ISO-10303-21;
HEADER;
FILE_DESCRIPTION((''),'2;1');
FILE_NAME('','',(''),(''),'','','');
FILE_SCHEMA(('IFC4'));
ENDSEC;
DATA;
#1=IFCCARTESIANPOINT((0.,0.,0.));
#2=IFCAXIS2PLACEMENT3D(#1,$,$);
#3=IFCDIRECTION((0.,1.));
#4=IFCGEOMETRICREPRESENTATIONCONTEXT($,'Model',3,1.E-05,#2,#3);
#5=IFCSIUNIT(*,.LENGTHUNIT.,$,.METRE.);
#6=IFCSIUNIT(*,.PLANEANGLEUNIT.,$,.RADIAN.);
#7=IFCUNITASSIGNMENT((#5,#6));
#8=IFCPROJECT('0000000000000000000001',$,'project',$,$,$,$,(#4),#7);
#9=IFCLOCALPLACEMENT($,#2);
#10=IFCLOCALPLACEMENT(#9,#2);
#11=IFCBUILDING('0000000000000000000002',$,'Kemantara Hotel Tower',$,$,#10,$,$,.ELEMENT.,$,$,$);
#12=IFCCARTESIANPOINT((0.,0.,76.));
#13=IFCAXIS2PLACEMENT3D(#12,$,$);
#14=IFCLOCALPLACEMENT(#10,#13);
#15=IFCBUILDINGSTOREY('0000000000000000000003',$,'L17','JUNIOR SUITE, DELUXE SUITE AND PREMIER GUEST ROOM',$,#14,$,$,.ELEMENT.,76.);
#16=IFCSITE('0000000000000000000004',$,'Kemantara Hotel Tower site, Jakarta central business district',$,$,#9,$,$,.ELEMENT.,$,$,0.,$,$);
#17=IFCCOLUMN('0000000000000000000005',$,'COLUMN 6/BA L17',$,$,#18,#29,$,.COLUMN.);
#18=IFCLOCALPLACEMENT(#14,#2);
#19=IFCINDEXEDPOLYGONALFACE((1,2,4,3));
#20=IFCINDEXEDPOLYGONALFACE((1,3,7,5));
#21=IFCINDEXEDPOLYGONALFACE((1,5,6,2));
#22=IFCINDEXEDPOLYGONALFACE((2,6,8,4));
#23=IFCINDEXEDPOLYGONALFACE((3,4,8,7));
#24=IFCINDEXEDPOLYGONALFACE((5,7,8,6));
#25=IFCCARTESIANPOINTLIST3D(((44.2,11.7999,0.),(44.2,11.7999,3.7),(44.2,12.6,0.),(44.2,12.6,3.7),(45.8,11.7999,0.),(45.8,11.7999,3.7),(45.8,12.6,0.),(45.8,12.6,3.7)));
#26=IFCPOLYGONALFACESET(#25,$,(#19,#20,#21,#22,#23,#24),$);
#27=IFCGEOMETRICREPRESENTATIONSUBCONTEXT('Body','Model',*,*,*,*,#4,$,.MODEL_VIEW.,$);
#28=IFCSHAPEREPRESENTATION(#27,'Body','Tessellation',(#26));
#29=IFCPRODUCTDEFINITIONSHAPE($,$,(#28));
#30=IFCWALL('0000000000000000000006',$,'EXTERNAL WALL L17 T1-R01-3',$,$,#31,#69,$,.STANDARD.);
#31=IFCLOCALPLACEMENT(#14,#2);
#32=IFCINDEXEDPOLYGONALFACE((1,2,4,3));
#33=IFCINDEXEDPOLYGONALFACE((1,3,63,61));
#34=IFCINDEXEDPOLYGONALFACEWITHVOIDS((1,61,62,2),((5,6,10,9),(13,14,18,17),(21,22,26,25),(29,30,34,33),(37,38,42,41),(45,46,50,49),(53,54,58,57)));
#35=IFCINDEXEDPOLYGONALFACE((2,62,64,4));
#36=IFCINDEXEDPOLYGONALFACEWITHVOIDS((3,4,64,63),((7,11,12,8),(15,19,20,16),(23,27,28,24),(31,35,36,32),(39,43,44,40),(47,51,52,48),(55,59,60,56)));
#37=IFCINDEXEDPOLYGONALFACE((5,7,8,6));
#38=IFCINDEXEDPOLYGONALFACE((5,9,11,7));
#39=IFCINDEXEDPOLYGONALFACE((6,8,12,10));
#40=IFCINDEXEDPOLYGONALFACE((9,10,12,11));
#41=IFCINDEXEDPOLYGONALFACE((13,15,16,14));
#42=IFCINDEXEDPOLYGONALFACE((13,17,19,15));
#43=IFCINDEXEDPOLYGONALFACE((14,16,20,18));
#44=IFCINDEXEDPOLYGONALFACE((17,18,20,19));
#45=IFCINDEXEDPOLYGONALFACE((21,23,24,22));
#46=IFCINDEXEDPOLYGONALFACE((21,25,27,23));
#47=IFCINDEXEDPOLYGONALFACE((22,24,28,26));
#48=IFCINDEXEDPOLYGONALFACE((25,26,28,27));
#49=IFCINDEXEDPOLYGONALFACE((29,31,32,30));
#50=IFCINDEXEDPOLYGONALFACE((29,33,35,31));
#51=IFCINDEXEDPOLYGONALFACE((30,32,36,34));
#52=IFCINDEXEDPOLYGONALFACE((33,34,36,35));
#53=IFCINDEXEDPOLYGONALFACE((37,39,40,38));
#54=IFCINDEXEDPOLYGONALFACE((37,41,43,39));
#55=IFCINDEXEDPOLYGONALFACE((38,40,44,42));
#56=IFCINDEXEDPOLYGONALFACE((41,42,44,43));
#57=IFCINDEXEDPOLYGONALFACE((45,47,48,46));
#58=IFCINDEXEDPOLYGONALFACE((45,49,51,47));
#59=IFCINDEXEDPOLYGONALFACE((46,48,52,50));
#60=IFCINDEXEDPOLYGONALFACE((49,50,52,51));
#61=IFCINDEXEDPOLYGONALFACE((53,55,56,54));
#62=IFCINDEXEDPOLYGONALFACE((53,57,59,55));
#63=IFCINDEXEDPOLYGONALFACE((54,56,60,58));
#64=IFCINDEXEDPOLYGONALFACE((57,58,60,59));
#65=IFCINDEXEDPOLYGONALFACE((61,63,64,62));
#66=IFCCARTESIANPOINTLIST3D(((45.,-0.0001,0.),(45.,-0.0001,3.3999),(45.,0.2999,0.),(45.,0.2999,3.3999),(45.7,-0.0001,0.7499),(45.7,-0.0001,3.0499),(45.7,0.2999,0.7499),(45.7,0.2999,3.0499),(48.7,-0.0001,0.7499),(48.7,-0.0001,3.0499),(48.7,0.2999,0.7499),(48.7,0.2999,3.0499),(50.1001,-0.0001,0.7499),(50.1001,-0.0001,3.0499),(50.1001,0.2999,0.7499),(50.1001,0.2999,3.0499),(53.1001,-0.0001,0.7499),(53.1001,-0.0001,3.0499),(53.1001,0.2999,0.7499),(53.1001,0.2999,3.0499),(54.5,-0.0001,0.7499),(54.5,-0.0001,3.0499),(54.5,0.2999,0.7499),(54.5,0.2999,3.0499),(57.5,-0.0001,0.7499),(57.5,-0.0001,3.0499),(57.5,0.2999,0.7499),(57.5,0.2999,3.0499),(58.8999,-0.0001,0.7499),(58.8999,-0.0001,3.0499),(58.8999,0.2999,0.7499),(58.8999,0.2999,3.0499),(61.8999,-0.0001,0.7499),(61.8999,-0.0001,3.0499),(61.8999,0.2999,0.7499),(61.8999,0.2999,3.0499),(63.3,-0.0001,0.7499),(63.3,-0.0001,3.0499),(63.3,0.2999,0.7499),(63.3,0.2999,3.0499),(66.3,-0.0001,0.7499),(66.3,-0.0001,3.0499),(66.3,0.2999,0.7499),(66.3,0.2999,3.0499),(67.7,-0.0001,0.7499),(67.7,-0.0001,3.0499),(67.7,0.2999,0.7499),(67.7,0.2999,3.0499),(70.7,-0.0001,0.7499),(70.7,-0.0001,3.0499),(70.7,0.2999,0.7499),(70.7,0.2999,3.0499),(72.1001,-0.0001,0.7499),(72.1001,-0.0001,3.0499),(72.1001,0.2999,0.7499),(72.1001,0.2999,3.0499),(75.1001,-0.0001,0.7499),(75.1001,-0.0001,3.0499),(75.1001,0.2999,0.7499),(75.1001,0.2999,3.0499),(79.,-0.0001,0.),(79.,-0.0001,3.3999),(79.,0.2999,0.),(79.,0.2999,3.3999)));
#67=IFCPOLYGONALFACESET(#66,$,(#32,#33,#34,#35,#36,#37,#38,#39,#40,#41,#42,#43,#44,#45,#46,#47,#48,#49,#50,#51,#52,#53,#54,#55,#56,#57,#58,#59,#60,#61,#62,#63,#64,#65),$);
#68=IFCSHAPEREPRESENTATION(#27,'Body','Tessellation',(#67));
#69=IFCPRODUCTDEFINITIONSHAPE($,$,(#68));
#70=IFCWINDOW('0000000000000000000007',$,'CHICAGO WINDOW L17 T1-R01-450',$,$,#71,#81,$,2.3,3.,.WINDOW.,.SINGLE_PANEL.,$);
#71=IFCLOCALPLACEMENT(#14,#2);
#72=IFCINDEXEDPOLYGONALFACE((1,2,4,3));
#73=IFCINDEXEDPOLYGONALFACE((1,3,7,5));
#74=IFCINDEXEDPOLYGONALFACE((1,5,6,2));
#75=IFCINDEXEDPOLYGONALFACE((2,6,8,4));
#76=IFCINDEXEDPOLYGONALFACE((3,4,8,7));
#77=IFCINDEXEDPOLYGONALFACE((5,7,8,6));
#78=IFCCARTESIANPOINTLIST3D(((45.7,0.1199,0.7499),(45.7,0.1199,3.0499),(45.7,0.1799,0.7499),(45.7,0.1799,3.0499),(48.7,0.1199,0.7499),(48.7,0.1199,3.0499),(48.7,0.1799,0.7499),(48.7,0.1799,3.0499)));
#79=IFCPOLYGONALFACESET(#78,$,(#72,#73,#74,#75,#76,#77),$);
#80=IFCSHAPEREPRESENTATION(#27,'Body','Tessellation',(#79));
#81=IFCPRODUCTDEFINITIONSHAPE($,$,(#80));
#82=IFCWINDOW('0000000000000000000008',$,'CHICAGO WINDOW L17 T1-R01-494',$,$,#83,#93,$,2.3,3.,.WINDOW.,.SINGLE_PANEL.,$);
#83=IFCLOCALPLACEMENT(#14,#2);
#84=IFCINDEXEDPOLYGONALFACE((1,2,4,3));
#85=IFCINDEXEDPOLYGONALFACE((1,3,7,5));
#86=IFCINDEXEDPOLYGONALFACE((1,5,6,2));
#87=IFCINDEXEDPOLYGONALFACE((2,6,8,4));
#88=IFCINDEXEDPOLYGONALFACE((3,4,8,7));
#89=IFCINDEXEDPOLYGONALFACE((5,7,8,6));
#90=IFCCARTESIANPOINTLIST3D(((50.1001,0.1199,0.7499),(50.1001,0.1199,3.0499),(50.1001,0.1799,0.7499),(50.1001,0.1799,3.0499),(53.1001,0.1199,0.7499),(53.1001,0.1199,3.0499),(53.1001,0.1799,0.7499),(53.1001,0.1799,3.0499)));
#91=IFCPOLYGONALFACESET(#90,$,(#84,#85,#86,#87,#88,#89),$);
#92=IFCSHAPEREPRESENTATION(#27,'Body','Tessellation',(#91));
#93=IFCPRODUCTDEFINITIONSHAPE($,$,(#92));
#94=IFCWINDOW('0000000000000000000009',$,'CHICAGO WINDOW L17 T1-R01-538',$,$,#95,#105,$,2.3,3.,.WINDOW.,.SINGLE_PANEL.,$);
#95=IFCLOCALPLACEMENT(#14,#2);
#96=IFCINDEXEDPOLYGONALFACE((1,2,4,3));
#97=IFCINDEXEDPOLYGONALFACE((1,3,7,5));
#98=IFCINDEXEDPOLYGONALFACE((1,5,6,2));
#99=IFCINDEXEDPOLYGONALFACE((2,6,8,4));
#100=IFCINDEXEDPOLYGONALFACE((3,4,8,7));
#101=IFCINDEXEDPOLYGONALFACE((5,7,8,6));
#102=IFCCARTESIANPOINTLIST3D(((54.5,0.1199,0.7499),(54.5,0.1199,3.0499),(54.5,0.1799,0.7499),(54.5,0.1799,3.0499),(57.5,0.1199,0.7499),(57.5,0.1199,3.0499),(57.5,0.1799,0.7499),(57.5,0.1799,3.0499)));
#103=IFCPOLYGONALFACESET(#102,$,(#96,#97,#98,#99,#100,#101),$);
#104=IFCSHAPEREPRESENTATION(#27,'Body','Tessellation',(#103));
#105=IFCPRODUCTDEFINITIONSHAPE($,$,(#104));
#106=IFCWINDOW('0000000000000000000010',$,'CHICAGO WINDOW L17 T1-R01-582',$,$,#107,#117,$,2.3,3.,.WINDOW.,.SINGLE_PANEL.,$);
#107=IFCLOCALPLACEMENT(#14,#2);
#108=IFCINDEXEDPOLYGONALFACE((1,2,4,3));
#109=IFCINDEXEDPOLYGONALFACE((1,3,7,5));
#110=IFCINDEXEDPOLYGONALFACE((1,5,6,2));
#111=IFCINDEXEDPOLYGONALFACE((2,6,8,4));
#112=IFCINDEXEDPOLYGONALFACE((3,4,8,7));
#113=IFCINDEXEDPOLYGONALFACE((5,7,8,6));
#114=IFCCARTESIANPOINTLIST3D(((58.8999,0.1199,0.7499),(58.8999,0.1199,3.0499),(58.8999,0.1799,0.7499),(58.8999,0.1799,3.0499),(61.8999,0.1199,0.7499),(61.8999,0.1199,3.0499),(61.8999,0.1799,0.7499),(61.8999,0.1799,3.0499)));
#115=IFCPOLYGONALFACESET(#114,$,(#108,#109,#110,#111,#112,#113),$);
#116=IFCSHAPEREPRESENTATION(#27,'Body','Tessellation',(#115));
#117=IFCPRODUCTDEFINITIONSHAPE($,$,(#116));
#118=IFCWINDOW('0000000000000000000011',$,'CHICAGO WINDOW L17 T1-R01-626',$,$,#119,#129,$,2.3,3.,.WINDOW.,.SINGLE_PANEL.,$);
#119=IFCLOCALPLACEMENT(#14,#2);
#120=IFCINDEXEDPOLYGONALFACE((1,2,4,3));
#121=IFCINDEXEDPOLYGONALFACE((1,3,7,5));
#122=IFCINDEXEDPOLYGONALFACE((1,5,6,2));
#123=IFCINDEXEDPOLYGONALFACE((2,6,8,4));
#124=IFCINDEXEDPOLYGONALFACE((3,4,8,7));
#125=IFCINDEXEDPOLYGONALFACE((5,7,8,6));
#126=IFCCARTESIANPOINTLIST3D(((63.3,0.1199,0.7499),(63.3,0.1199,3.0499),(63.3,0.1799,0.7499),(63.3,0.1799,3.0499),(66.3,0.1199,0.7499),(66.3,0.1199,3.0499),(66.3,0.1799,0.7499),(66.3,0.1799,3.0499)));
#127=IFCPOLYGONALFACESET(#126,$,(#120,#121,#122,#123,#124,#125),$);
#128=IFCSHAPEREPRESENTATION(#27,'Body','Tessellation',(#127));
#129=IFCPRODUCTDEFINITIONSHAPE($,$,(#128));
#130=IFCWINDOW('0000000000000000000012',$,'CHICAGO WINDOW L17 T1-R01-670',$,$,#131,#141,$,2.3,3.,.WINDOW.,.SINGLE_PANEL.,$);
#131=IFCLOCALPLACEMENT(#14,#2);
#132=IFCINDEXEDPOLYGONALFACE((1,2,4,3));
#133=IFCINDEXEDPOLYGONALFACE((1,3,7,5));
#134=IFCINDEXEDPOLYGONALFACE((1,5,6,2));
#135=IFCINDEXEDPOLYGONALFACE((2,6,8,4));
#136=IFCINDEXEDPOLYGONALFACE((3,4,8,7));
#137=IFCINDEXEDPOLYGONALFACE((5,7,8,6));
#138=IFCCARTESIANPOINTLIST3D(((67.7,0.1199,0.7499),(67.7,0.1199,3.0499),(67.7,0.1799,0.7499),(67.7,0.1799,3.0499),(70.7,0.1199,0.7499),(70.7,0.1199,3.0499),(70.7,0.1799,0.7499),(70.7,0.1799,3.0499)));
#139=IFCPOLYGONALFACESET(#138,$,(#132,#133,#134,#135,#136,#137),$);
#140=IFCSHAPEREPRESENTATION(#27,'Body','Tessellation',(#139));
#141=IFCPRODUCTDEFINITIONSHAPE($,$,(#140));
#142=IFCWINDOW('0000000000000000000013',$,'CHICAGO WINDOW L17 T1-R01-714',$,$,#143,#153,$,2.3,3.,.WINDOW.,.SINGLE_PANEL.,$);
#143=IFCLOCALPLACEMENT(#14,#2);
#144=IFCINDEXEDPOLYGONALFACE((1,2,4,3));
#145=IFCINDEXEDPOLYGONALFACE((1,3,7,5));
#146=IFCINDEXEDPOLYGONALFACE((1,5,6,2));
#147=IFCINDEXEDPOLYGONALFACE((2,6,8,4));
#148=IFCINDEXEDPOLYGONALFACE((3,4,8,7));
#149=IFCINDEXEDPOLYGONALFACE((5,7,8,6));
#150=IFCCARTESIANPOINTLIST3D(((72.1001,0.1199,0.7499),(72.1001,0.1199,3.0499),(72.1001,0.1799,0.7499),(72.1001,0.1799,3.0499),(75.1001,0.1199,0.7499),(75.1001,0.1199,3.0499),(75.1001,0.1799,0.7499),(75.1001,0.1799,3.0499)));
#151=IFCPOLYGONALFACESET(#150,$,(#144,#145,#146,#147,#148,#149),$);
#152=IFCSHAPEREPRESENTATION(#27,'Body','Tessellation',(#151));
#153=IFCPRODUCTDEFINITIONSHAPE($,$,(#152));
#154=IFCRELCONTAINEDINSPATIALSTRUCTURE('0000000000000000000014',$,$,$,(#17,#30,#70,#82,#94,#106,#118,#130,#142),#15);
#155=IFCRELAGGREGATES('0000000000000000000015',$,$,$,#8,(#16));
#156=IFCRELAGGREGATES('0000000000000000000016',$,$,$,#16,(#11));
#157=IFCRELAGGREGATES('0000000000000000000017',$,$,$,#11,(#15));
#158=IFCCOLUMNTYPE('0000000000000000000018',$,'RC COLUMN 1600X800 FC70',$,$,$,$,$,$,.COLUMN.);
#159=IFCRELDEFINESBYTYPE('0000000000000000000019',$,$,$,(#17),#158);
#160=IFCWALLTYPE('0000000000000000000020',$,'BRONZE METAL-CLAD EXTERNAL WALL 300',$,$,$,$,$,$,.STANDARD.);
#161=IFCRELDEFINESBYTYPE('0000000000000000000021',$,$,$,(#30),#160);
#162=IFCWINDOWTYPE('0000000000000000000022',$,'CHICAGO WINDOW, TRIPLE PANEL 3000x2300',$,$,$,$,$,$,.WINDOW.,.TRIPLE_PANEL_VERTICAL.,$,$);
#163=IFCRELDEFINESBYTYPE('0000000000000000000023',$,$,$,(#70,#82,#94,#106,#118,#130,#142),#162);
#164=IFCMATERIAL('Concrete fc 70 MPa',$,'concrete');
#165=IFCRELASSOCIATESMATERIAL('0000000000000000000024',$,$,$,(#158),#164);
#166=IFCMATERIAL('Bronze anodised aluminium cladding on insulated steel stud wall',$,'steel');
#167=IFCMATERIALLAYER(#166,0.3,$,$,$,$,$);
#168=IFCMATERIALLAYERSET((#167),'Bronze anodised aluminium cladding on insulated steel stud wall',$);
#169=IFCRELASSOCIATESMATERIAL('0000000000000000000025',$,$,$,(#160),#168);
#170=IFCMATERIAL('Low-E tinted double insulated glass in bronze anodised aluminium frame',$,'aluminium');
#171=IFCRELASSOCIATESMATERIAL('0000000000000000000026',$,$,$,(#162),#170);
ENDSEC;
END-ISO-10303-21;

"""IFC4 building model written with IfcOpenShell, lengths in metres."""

from ifc_helpers import new_model, si_unit, direction, frame, frame_2d, origin, origin_2d, place, context, subcontext, project, spatial, rectangle, extrude, material, layer, layer_set, material_profile, profile_set, type_object, element, fill, save


model = new_model("IFC4")

# Units and contexts
model_context = context("Model", 3, precision=1e-05, world=origin(), true_north=direction((0.0, 1.0)))
body_context = subcontext(model_context, "Body", "Model", "MODEL_VIEW")
ifc_project = project(units=[si_unit("LENGTHUNIT", "METRE"), si_unit("PLANEANGLEUNIT", "RADIAN")], contexts=[model_context])

# Site, building, storey
site_placement = place(None, origin())
site = spatial("IfcSite", under=ifc_project, at=site_placement, Name="Kemantara Hotel Tower site, Jakarta central business district", CompositionType="ELEMENT", RefElevation=0.0)
building_placement = place(site_placement, origin())
building = spatial("IfcBuilding", under=site, at=building_placement, Name="Kemantara Hotel Tower", CompositionType="ELEMENT")
storey_placement = place(building_placement, frame((0.0, 0.0, 76.0)))
storey = spatial("IfcBuildingStorey", under=building, at=storey_placement, Name="L17", Description="JUNIOR SUITE, DELUXE SUITE AND PREMIER GUEST ROOM", CompositionType="ELEMENT", Elevation=76.0)

# Column
ifc_material_1 = material(Name="Concrete fc 70 MPa", Category="concrete")
ifc_material_profile = material_profile(ifc_material_1, rectangle(XDim=1.6001, YDim=0.8, at=origin_2d()), Name="RC 1600X800")
ifc_profile_set = profile_set([ifc_material_profile], Name="Concrete fc 70 MPa")
column_type = type_object("IfcColumnType", Name="RC COLUMN 1600X800 FC70", PredefinedType="COLUMN", material=ifc_profile_set)
column_placement = place(storey_placement, frame((45.0, 12.2, 0.0), z_axis=(0.0, 0.0, 1.0), x_axis=(1.0, 0.0, 0.0)))
element("IfcColumn", 1, at=column_placement, inside=storey, type_object=column_type, Name="COLUMN 6/BA L17", PredefinedType="COLUMN", context=body_context, shape_type="SweptSolid", body=[
    extrude(rectangle(XDim=1.6001, YDim=0.8, at=origin_2d()), origin(), (0.0, 0.0, 1.0), 3.7),
])

# Wall, openings, windows
ifc_material_2 = material(Name="Bronze anodised aluminium cladding on insulated steel stud wall", Category="steel")
ifc_layer_1 = layer(ifc_material_2, 0.3)
ifc_layer_set_1 = layer_set([ifc_layer_1], Name="Bronze anodised aluminium cladding on insulated steel stud wall")
wall_type_1 = type_object("IfcWallType", Name="BRONZE METAL-CLAD EXTERNAL WALL 300", PredefinedType="STANDARD", material=ifc_layer_set_1)
wall_1_placement = place(storey_placement, frame((45.0, 0.1499, 0.0), z_axis=(0.0, 0.0, 1.0), x_axis=(1.0, 0.0, 0.0)))
wall_1 = element("IfcWall", 2, at=wall_1_placement, inside=storey, type_object=wall_type_1, Name="EXTERNAL WALL L17 T1-R01-3", PredefinedType="STANDARD", context=body_context, shape_type="SweptSolid", body=[
    extrude(rectangle(XDim=34.0, YDim=0.3, at=frame_2d((17.0, 0.0))), origin(), (0.0, 0.0, 1.0), 3.3999),
])
opening_1_placement = place(wall_1_placement, frame((0.7, 0.0, 0.75)))
opening_1 = element("IfcOpeningElement", 3, at=opening_1_placement, cuts=wall_1, PredefinedType="OPENING", context=body_context, shape_type="SweptSolid", body=[
    extrude(rectangle(XDim=3.0, YDim=2.3, at=frame_2d((1.5, 1.1499))), frame((0.0, 0.1599, 0.0), z_axis=(0.0, -1.0, 0.0), x_axis=(1.0, 0.0, 0.0)), (0.0, 0.0, 1.0), 0.3201),
])
opening_2_placement = place(wall_1_placement, frame((5.1001, 0.0, 0.75)))
opening_2 = element("IfcOpeningElement", 4, at=opening_2_placement, cuts=wall_1, PredefinedType="OPENING", context=body_context, shape_type="SweptSolid", body=[
    extrude(rectangle(XDim=3.0, YDim=2.3, at=frame_2d((1.5, 1.1499))), frame((0.0, 0.1599, 0.0), z_axis=(0.0, -1.0, 0.0), x_axis=(1.0, 0.0, 0.0)), (0.0, 0.0, 1.0), 0.3201),
])
opening_3_placement = place(wall_1_placement, frame((9.5, 0.0, 0.75)))
opening_3 = element("IfcOpeningElement", 5, at=opening_3_placement, cuts=wall_1, PredefinedType="OPENING", context=body_context, shape_type="SweptSolid", body=[
    extrude(rectangle(XDim=3.0, YDim=2.3, at=frame_2d((1.5, 1.1499))), frame((0.0, 0.1599, 0.0), z_axis=(0.0, -1.0, 0.0), x_axis=(1.0, 0.0, 0.0)), (0.0, 0.0, 1.0), 0.3201),
])
opening_4_placement = place(wall_1_placement, frame((13.8999, 0.0, 0.75)))
opening_4 = element("IfcOpeningElement", 6, at=opening_4_placement, cuts=wall_1, PredefinedType="OPENING", context=body_context, shape_type="SweptSolid", body=[
    extrude(rectangle(XDim=3.0, YDim=2.3, at=frame_2d((1.5, 1.1499))), frame((0.0, 0.1599, 0.0), z_axis=(0.0, -1.0, 0.0), x_axis=(1.0, 0.0, 0.0)), (0.0, 0.0, 1.0), 0.3201),
])
opening_5_placement = place(wall_1_placement, frame((18.3, 0.0, 0.75)))
opening_5 = element("IfcOpeningElement", 7, at=opening_5_placement, cuts=wall_1, PredefinedType="OPENING", context=body_context, shape_type="SweptSolid", body=[
    extrude(rectangle(XDim=3.0, YDim=2.3, at=frame_2d((1.5, 1.1499))), frame((0.0, 0.1599, 0.0), z_axis=(0.0, -1.0, 0.0), x_axis=(1.0, 0.0, 0.0)), (0.0, 0.0, 1.0), 0.3201),
])
opening_6_placement = place(wall_1_placement, frame((22.7, 0.0, 0.75)))
opening_6 = element("IfcOpeningElement", 8, at=opening_6_placement, cuts=wall_1, PredefinedType="OPENING", context=body_context, shape_type="SweptSolid", body=[
    extrude(rectangle(XDim=3.0, YDim=2.3, at=frame_2d((1.5, 1.1499))), frame((0.0, 0.1599, 0.0), z_axis=(0.0, -1.0, 0.0), x_axis=(1.0, 0.0, 0.0)), (0.0, 0.0, 1.0), 0.3201),
])
opening_7_placement = place(wall_1_placement, frame((27.1001, 0.0, 0.75)))
opening_7 = element("IfcOpeningElement", 9, at=opening_7_placement, cuts=wall_1, PredefinedType="OPENING", context=body_context, shape_type="SweptSolid", body=[
    extrude(rectangle(XDim=3.0, YDim=2.3, at=frame_2d((1.5, 1.1499))), frame((0.0, 0.1599, 0.0), z_axis=(0.0, -1.0, 0.0), x_axis=(1.0, 0.0, 0.0)), (0.0, 0.0, 1.0), 0.3201),
])
ifc_material_3 = material(Name="Low-E tinted double insulated glass in bronze anodised aluminium frame", Category="aluminium")
window_type = type_object("IfcWindowType", Name="CHICAGO WINDOW, TRIPLE PANEL 3000x2300", PartitioningType="TRIPLE_PANEL_VERTICAL", PredefinedType="WINDOW", material=ifc_material_3)
window_1_placement = place(opening_1_placement, origin())
window_1 = element("IfcWindow", 10, at=window_1_placement, inside=storey, type_object=window_type, Name="CHICAGO WINDOW L17 T1-R01-450", OverallHeight=2.3, OverallWidth=3.0, PartitioningType="SINGLE_PANEL", PredefinedType="WINDOW", context=body_context, shape_type="SweptSolid", body=[
    extrude(rectangle(XDim=3.0, YDim=2.3, at=frame_2d((1.5, 1.1499))), frame((0.0, 0.03, 0.0), z_axis=(0.0, -1.0, 0.0), x_axis=(1.0, 0.0, 0.0)), (0.0, 0.0, 1.0), 0.0601),
])
fill(opening_1, window_1)
window_2_placement = place(opening_2_placement, origin())
window_2 = element("IfcWindow", 11, at=window_2_placement, inside=storey, type_object=window_type, Name="CHICAGO WINDOW L17 T1-R01-494", OverallHeight=2.3, OverallWidth=3.0, PartitioningType="SINGLE_PANEL", PredefinedType="WINDOW", context=body_context, shape_type="SweptSolid", body=[
    extrude(rectangle(XDim=3.0, YDim=2.3, at=frame_2d((1.5, 1.1499))), frame((0.0, 0.03, 0.0), z_axis=(0.0, -1.0, 0.0), x_axis=(1.0, 0.0, 0.0)), (0.0, 0.0, 1.0), 0.0601),
])
fill(opening_2, window_2)
window_3_placement = place(opening_3_placement, origin())
window_3 = element("IfcWindow", 12, at=window_3_placement, inside=storey, type_object=window_type, Name="CHICAGO WINDOW L17 T1-R01-538", OverallHeight=2.3, OverallWidth=3.0, PartitioningType="SINGLE_PANEL", PredefinedType="WINDOW", context=body_context, shape_type="SweptSolid", body=[
    extrude(rectangle(XDim=3.0, YDim=2.3, at=frame_2d((1.5, 1.1499))), frame((0.0, 0.03, 0.0), z_axis=(0.0, -1.0, 0.0), x_axis=(1.0, 0.0, 0.0)), (0.0, 0.0, 1.0), 0.0601),
])
fill(opening_3, window_3)
window_4_placement = place(opening_4_placement, origin())
window_4 = element("IfcWindow", 13, at=window_4_placement, inside=storey, type_object=window_type, Name="CHICAGO WINDOW L17 T1-R01-582", OverallHeight=2.3, OverallWidth=3.0, PartitioningType="SINGLE_PANEL", PredefinedType="WINDOW", context=body_context, shape_type="SweptSolid", body=[
    extrude(rectangle(XDim=3.0, YDim=2.3, at=frame_2d((1.5, 1.1499))), frame((0.0, 0.03, 0.0), z_axis=(0.0, -1.0, 0.0), x_axis=(1.0, 0.0, 0.0)), (0.0, 0.0, 1.0), 0.0601),
])
fill(opening_4, window_4)
window_5_placement = place(opening_5_placement, origin())
window_5 = element("IfcWindow", 14, at=window_5_placement, inside=storey, type_object=window_type, Name="CHICAGO WINDOW L17 T1-R01-626", OverallHeight=2.3, OverallWidth=3.0, PartitioningType="SINGLE_PANEL", PredefinedType="WINDOW", context=body_context, shape_type="SweptSolid", body=[
    extrude(rectangle(XDim=3.0, YDim=2.3, at=frame_2d((1.5, 1.1499))), frame((0.0, 0.03, 0.0), z_axis=(0.0, -1.0, 0.0), x_axis=(1.0, 0.0, 0.0)), (0.0, 0.0, 1.0), 0.0601),
])
fill(opening_5, window_5)
window_6_placement = place(opening_6_placement, origin())
window_6 = element("IfcWindow", 15, at=window_6_placement, inside=storey, type_object=window_type, Name="CHICAGO WINDOW L17 T1-R01-670", OverallHeight=2.3, OverallWidth=3.0, PartitioningType="SINGLE_PANEL", PredefinedType="WINDOW", context=body_context, shape_type="SweptSolid", body=[
    extrude(rectangle(XDim=3.0, YDim=2.3, at=frame_2d((1.5, 1.1499))), frame((0.0, 0.03, 0.0), z_axis=(0.0, -1.0, 0.0), x_axis=(1.0, 0.0, 0.0)), (0.0, 0.0, 1.0), 0.0601),
])
fill(opening_6, window_6)
window_7_placement = place(opening_7_placement, origin())
window_7 = element("IfcWindow", 16, at=window_7_placement, inside=storey, type_object=window_type, Name="CHICAGO WINDOW L17 T1-R01-714", OverallHeight=2.3, OverallWidth=3.0, PartitioningType="SINGLE_PANEL", PredefinedType="WINDOW", context=body_context, shape_type="SweptSolid", body=[
    extrude(rectangle(XDim=3.0, YDim=2.3, at=frame_2d((1.5, 1.1499))), frame((0.0, 0.03, 0.0), z_axis=(0.0, -1.0, 0.0), x_axis=(1.0, 0.0, 0.0)), (0.0, 0.0, 1.0), 0.0601),
])
fill(opening_7, window_7)

save(model, "model.ifc")
